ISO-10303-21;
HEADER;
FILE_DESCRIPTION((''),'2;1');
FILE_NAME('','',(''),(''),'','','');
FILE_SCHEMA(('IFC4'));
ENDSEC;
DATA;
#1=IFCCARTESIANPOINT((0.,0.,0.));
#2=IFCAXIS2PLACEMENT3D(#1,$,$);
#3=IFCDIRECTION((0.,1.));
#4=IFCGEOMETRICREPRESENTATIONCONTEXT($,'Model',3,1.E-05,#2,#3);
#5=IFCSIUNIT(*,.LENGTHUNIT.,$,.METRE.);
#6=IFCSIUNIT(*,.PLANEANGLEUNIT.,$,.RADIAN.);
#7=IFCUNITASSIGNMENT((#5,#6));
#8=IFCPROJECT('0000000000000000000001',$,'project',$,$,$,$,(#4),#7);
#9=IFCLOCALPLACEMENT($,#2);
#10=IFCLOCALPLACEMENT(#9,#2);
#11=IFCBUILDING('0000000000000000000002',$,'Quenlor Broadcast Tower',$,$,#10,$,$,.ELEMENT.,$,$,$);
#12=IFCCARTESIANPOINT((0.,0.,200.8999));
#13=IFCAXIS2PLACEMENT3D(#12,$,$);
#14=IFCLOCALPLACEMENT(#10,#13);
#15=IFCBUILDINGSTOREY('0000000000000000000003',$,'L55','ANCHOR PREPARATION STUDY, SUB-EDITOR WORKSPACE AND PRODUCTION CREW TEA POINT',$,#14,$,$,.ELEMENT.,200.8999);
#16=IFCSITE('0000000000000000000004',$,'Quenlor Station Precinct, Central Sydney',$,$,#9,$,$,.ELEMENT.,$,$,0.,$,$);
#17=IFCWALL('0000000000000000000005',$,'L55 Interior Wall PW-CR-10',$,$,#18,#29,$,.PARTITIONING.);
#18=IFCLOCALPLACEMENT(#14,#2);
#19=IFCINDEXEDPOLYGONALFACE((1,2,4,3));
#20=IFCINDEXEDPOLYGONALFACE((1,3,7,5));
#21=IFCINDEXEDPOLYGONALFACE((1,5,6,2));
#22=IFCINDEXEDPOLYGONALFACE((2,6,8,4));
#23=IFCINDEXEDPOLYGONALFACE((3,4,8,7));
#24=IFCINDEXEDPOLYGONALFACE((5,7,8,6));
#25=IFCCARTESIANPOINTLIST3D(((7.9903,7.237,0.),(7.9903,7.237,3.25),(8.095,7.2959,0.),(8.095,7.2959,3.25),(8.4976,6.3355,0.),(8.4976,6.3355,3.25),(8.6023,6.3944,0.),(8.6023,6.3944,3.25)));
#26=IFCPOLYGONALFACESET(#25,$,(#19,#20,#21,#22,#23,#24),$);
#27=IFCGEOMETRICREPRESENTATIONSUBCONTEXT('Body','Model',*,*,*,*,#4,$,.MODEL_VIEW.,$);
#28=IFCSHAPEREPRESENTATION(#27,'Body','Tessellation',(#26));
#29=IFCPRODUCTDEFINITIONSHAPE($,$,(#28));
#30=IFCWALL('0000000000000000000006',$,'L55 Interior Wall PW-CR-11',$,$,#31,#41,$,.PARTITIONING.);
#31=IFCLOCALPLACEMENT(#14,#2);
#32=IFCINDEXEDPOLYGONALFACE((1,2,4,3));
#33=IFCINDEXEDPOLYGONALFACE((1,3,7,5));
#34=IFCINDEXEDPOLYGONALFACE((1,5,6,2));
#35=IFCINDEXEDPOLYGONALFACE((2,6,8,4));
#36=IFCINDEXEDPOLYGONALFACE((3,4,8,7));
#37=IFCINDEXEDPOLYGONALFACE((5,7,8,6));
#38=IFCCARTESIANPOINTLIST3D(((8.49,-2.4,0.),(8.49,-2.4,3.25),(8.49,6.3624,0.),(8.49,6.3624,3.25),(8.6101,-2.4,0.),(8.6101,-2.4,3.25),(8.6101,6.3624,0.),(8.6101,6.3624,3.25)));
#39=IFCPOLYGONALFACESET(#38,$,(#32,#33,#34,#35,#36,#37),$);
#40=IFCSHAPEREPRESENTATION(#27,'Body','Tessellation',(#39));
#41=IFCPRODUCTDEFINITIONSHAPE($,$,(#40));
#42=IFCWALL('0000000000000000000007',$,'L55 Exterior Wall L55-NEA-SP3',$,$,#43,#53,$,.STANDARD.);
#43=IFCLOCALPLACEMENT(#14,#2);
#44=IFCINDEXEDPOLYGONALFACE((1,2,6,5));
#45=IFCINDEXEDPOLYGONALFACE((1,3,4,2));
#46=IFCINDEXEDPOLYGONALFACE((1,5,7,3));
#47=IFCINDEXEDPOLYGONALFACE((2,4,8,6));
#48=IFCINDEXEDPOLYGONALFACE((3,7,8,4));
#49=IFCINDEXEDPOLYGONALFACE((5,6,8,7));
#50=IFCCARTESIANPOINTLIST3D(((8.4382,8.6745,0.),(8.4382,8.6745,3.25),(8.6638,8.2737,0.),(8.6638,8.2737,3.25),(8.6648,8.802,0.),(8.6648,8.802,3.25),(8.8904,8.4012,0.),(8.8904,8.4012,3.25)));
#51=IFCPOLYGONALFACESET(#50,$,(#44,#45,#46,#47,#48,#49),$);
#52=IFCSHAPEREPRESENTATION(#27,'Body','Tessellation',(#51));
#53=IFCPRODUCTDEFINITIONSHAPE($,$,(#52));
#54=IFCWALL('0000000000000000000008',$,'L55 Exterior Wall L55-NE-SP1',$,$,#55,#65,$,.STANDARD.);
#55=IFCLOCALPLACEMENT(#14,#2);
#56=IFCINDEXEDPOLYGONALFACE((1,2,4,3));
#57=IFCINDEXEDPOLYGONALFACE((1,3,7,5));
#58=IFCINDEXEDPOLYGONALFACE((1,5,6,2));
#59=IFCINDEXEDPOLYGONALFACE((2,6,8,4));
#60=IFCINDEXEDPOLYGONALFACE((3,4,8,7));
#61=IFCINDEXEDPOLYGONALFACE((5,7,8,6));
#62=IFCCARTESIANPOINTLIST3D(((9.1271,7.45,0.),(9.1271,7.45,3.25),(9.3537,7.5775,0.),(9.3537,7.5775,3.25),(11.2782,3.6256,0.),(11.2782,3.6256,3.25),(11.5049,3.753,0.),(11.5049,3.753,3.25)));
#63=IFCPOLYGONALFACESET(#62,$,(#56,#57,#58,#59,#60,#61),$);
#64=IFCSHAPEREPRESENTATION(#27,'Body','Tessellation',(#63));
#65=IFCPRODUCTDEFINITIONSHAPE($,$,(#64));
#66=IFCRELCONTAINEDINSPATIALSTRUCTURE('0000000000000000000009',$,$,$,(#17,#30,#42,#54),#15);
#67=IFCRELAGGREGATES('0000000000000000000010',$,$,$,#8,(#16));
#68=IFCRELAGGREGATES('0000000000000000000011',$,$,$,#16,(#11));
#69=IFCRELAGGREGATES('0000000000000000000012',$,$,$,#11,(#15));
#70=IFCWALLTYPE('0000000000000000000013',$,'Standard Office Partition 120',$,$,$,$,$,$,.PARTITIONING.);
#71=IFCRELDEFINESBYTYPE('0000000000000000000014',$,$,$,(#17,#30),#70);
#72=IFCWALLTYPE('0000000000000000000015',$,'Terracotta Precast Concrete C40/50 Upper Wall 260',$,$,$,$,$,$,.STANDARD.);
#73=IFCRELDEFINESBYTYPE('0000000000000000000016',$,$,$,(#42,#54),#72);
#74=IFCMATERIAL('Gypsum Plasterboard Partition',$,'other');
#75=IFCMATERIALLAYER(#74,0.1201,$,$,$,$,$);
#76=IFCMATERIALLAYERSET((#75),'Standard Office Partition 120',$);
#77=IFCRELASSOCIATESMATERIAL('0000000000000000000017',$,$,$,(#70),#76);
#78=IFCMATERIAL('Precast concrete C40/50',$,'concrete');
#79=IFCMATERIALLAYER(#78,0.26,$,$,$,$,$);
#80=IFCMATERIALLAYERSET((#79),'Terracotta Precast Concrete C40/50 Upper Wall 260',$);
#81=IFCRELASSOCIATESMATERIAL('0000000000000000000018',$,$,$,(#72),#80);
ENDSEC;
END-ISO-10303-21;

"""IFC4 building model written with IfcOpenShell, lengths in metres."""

from ifc_helpers import new_model, si_unit, direction, frame, frame_2d, origin, place, context, subcontext, project, spatial, rectangle, extrude, material, layer, layer_set, type_object, element, save


model = new_model("IFC4")

# Units and contexts
model_context = context("Model", 3, precision=1e-05, world=origin(), true_north=direction((0.0, 1.0)))
body_context = subcontext(model_context, "Body", "Model", "MODEL_VIEW")
ifc_project = project(units=[si_unit("LENGTHUNIT", "METRE"), si_unit("PLANEANGLEUNIT", "RADIAN")], contexts=[model_context])

# Site, building, storey
site_placement = place(None, origin())
site = spatial("IfcSite", under=ifc_project, at=site_placement, Name="Quenlor Station Precinct, Central Sydney", CompositionType="ELEMENT", RefElevation=0.0)
building_placement = place(site_placement, origin())
building = spatial("IfcBuilding", under=site, at=building_placement, Name="Quenlor Broadcast Tower", CompositionType="ELEMENT")
storey_placement = place(building_placement, frame((0.0, 0.0, 200.8999)))
storey = spatial("IfcBuildingStorey", under=building, at=storey_placement, Name="L55", Description="ANCHOR PREPARATION STUDY, SUB-EDITOR WORKSPACE AND PRODUCTION CREW TEA POINT", CompositionType="ELEMENT", Elevation=200.8999)

# Walls
ifc_material_1 = material(Name="Gypsum Plasterboard Partition", Category="other")
ifc_layer_1 = layer(ifc_material_1, 0.1201)
ifc_layer_set_1 = layer_set([ifc_layer_1], Name="Standard Office Partition 120")
wall_type_1 = type_object("IfcWallType", Name="Standard Office Partition 120", PredefinedType="PARTITIONING", material=ifc_layer_set_1)
wall_1_placement = place(storey_placement, frame((8.0427, 7.2664, 0.0), z_axis=(0.0, 0.0, 1.0), x_axis=(0.490384, -0.871506, 0.0)))
element("IfcWall", 1, at=wall_1_placement, inside=storey, type_object=wall_type_1, Name="L55 Interior Wall PW-CR-10", PredefinedType="PARTITIONING", context=body_context, shape_type="SweptSolid", body=[
    extrude(rectangle(XDim=1.0344, YDim=0.1201, at=frame_2d((0.5171, 0.0))), origin(), (0.0, 0.0, 1.0), 3.25),
])
wall_2_placement = place(storey_placement, frame((8.55, 6.3625, 0.0), z_axis=(0.0, 0.0, 1.0), x_axis=(0.0, -1.0, 0.0)))
element("IfcWall", 2, at=wall_2_placement, inside=storey, type_object=wall_type_1, Name="L55 Interior Wall PW-CR-11", PredefinedType="PARTITIONING", context=body_context, shape_type="SweptSolid", body=[
    extrude(rectangle(XDim=8.7625, YDim=0.1201, at=frame_2d((4.3813, 0.0))), origin(), (0.0, 0.0, 1.0), 3.25),
])
ifc_material_2 = material(Name="Precast concrete C40/50", Category="concrete")
ifc_layer_2 = layer(ifc_material_2, 0.26)
ifc_layer_set_2 = layer_set([ifc_layer_2], Name="Terracotta Precast Concrete C40/50 Upper Wall 260")
wall_type_2 = type_object("IfcWallType", Name="Terracotta Precast Concrete C40/50 Upper Wall 260", PredefinedType="STANDARD", material=ifc_layer_set_2)
wall_3_placement = place(storey_placement, frame((8.5515, 8.7383, 0.0), z_axis=(0.0, 0.0, 1.0), x_axis=(0.490412, -0.87149, 0.0)))
element("IfcWall", 3, at=wall_3_placement, inside=storey, type_object=wall_type_2, Name="L55 Exterior Wall L55-NEA-SP3", PredefinedType="STANDARD", context=body_context, shape_type="SweptSolid", body=[
    extrude(rectangle(XDim=0.46, YDim=0.26, at=frame_2d((0.23, 0.0))), origin(), (0.0, 0.0, 1.0), 3.25),
])
wall_4_placement = place(storey_placement, frame((9.2405, 7.5137, 0.0), z_axis=(0.0, 0.0, 1.0), x_axis=(0.490237, -0.871589, 0.0)))
element("IfcWall", 4, at=wall_4_placement, inside=storey, type_object=wall_type_2, Name="L55 Exterior Wall L55-NE-SP1", PredefinedType="STANDARD", context=body_context, shape_type="SweptSolid", body=[
    extrude(rectangle(XDim=4.3879, YDim=0.26, at=frame_2d((2.1938, 0.0))), origin(), (0.0, 0.0, 1.0), 3.25),
])

save(model, "model.ifc")
